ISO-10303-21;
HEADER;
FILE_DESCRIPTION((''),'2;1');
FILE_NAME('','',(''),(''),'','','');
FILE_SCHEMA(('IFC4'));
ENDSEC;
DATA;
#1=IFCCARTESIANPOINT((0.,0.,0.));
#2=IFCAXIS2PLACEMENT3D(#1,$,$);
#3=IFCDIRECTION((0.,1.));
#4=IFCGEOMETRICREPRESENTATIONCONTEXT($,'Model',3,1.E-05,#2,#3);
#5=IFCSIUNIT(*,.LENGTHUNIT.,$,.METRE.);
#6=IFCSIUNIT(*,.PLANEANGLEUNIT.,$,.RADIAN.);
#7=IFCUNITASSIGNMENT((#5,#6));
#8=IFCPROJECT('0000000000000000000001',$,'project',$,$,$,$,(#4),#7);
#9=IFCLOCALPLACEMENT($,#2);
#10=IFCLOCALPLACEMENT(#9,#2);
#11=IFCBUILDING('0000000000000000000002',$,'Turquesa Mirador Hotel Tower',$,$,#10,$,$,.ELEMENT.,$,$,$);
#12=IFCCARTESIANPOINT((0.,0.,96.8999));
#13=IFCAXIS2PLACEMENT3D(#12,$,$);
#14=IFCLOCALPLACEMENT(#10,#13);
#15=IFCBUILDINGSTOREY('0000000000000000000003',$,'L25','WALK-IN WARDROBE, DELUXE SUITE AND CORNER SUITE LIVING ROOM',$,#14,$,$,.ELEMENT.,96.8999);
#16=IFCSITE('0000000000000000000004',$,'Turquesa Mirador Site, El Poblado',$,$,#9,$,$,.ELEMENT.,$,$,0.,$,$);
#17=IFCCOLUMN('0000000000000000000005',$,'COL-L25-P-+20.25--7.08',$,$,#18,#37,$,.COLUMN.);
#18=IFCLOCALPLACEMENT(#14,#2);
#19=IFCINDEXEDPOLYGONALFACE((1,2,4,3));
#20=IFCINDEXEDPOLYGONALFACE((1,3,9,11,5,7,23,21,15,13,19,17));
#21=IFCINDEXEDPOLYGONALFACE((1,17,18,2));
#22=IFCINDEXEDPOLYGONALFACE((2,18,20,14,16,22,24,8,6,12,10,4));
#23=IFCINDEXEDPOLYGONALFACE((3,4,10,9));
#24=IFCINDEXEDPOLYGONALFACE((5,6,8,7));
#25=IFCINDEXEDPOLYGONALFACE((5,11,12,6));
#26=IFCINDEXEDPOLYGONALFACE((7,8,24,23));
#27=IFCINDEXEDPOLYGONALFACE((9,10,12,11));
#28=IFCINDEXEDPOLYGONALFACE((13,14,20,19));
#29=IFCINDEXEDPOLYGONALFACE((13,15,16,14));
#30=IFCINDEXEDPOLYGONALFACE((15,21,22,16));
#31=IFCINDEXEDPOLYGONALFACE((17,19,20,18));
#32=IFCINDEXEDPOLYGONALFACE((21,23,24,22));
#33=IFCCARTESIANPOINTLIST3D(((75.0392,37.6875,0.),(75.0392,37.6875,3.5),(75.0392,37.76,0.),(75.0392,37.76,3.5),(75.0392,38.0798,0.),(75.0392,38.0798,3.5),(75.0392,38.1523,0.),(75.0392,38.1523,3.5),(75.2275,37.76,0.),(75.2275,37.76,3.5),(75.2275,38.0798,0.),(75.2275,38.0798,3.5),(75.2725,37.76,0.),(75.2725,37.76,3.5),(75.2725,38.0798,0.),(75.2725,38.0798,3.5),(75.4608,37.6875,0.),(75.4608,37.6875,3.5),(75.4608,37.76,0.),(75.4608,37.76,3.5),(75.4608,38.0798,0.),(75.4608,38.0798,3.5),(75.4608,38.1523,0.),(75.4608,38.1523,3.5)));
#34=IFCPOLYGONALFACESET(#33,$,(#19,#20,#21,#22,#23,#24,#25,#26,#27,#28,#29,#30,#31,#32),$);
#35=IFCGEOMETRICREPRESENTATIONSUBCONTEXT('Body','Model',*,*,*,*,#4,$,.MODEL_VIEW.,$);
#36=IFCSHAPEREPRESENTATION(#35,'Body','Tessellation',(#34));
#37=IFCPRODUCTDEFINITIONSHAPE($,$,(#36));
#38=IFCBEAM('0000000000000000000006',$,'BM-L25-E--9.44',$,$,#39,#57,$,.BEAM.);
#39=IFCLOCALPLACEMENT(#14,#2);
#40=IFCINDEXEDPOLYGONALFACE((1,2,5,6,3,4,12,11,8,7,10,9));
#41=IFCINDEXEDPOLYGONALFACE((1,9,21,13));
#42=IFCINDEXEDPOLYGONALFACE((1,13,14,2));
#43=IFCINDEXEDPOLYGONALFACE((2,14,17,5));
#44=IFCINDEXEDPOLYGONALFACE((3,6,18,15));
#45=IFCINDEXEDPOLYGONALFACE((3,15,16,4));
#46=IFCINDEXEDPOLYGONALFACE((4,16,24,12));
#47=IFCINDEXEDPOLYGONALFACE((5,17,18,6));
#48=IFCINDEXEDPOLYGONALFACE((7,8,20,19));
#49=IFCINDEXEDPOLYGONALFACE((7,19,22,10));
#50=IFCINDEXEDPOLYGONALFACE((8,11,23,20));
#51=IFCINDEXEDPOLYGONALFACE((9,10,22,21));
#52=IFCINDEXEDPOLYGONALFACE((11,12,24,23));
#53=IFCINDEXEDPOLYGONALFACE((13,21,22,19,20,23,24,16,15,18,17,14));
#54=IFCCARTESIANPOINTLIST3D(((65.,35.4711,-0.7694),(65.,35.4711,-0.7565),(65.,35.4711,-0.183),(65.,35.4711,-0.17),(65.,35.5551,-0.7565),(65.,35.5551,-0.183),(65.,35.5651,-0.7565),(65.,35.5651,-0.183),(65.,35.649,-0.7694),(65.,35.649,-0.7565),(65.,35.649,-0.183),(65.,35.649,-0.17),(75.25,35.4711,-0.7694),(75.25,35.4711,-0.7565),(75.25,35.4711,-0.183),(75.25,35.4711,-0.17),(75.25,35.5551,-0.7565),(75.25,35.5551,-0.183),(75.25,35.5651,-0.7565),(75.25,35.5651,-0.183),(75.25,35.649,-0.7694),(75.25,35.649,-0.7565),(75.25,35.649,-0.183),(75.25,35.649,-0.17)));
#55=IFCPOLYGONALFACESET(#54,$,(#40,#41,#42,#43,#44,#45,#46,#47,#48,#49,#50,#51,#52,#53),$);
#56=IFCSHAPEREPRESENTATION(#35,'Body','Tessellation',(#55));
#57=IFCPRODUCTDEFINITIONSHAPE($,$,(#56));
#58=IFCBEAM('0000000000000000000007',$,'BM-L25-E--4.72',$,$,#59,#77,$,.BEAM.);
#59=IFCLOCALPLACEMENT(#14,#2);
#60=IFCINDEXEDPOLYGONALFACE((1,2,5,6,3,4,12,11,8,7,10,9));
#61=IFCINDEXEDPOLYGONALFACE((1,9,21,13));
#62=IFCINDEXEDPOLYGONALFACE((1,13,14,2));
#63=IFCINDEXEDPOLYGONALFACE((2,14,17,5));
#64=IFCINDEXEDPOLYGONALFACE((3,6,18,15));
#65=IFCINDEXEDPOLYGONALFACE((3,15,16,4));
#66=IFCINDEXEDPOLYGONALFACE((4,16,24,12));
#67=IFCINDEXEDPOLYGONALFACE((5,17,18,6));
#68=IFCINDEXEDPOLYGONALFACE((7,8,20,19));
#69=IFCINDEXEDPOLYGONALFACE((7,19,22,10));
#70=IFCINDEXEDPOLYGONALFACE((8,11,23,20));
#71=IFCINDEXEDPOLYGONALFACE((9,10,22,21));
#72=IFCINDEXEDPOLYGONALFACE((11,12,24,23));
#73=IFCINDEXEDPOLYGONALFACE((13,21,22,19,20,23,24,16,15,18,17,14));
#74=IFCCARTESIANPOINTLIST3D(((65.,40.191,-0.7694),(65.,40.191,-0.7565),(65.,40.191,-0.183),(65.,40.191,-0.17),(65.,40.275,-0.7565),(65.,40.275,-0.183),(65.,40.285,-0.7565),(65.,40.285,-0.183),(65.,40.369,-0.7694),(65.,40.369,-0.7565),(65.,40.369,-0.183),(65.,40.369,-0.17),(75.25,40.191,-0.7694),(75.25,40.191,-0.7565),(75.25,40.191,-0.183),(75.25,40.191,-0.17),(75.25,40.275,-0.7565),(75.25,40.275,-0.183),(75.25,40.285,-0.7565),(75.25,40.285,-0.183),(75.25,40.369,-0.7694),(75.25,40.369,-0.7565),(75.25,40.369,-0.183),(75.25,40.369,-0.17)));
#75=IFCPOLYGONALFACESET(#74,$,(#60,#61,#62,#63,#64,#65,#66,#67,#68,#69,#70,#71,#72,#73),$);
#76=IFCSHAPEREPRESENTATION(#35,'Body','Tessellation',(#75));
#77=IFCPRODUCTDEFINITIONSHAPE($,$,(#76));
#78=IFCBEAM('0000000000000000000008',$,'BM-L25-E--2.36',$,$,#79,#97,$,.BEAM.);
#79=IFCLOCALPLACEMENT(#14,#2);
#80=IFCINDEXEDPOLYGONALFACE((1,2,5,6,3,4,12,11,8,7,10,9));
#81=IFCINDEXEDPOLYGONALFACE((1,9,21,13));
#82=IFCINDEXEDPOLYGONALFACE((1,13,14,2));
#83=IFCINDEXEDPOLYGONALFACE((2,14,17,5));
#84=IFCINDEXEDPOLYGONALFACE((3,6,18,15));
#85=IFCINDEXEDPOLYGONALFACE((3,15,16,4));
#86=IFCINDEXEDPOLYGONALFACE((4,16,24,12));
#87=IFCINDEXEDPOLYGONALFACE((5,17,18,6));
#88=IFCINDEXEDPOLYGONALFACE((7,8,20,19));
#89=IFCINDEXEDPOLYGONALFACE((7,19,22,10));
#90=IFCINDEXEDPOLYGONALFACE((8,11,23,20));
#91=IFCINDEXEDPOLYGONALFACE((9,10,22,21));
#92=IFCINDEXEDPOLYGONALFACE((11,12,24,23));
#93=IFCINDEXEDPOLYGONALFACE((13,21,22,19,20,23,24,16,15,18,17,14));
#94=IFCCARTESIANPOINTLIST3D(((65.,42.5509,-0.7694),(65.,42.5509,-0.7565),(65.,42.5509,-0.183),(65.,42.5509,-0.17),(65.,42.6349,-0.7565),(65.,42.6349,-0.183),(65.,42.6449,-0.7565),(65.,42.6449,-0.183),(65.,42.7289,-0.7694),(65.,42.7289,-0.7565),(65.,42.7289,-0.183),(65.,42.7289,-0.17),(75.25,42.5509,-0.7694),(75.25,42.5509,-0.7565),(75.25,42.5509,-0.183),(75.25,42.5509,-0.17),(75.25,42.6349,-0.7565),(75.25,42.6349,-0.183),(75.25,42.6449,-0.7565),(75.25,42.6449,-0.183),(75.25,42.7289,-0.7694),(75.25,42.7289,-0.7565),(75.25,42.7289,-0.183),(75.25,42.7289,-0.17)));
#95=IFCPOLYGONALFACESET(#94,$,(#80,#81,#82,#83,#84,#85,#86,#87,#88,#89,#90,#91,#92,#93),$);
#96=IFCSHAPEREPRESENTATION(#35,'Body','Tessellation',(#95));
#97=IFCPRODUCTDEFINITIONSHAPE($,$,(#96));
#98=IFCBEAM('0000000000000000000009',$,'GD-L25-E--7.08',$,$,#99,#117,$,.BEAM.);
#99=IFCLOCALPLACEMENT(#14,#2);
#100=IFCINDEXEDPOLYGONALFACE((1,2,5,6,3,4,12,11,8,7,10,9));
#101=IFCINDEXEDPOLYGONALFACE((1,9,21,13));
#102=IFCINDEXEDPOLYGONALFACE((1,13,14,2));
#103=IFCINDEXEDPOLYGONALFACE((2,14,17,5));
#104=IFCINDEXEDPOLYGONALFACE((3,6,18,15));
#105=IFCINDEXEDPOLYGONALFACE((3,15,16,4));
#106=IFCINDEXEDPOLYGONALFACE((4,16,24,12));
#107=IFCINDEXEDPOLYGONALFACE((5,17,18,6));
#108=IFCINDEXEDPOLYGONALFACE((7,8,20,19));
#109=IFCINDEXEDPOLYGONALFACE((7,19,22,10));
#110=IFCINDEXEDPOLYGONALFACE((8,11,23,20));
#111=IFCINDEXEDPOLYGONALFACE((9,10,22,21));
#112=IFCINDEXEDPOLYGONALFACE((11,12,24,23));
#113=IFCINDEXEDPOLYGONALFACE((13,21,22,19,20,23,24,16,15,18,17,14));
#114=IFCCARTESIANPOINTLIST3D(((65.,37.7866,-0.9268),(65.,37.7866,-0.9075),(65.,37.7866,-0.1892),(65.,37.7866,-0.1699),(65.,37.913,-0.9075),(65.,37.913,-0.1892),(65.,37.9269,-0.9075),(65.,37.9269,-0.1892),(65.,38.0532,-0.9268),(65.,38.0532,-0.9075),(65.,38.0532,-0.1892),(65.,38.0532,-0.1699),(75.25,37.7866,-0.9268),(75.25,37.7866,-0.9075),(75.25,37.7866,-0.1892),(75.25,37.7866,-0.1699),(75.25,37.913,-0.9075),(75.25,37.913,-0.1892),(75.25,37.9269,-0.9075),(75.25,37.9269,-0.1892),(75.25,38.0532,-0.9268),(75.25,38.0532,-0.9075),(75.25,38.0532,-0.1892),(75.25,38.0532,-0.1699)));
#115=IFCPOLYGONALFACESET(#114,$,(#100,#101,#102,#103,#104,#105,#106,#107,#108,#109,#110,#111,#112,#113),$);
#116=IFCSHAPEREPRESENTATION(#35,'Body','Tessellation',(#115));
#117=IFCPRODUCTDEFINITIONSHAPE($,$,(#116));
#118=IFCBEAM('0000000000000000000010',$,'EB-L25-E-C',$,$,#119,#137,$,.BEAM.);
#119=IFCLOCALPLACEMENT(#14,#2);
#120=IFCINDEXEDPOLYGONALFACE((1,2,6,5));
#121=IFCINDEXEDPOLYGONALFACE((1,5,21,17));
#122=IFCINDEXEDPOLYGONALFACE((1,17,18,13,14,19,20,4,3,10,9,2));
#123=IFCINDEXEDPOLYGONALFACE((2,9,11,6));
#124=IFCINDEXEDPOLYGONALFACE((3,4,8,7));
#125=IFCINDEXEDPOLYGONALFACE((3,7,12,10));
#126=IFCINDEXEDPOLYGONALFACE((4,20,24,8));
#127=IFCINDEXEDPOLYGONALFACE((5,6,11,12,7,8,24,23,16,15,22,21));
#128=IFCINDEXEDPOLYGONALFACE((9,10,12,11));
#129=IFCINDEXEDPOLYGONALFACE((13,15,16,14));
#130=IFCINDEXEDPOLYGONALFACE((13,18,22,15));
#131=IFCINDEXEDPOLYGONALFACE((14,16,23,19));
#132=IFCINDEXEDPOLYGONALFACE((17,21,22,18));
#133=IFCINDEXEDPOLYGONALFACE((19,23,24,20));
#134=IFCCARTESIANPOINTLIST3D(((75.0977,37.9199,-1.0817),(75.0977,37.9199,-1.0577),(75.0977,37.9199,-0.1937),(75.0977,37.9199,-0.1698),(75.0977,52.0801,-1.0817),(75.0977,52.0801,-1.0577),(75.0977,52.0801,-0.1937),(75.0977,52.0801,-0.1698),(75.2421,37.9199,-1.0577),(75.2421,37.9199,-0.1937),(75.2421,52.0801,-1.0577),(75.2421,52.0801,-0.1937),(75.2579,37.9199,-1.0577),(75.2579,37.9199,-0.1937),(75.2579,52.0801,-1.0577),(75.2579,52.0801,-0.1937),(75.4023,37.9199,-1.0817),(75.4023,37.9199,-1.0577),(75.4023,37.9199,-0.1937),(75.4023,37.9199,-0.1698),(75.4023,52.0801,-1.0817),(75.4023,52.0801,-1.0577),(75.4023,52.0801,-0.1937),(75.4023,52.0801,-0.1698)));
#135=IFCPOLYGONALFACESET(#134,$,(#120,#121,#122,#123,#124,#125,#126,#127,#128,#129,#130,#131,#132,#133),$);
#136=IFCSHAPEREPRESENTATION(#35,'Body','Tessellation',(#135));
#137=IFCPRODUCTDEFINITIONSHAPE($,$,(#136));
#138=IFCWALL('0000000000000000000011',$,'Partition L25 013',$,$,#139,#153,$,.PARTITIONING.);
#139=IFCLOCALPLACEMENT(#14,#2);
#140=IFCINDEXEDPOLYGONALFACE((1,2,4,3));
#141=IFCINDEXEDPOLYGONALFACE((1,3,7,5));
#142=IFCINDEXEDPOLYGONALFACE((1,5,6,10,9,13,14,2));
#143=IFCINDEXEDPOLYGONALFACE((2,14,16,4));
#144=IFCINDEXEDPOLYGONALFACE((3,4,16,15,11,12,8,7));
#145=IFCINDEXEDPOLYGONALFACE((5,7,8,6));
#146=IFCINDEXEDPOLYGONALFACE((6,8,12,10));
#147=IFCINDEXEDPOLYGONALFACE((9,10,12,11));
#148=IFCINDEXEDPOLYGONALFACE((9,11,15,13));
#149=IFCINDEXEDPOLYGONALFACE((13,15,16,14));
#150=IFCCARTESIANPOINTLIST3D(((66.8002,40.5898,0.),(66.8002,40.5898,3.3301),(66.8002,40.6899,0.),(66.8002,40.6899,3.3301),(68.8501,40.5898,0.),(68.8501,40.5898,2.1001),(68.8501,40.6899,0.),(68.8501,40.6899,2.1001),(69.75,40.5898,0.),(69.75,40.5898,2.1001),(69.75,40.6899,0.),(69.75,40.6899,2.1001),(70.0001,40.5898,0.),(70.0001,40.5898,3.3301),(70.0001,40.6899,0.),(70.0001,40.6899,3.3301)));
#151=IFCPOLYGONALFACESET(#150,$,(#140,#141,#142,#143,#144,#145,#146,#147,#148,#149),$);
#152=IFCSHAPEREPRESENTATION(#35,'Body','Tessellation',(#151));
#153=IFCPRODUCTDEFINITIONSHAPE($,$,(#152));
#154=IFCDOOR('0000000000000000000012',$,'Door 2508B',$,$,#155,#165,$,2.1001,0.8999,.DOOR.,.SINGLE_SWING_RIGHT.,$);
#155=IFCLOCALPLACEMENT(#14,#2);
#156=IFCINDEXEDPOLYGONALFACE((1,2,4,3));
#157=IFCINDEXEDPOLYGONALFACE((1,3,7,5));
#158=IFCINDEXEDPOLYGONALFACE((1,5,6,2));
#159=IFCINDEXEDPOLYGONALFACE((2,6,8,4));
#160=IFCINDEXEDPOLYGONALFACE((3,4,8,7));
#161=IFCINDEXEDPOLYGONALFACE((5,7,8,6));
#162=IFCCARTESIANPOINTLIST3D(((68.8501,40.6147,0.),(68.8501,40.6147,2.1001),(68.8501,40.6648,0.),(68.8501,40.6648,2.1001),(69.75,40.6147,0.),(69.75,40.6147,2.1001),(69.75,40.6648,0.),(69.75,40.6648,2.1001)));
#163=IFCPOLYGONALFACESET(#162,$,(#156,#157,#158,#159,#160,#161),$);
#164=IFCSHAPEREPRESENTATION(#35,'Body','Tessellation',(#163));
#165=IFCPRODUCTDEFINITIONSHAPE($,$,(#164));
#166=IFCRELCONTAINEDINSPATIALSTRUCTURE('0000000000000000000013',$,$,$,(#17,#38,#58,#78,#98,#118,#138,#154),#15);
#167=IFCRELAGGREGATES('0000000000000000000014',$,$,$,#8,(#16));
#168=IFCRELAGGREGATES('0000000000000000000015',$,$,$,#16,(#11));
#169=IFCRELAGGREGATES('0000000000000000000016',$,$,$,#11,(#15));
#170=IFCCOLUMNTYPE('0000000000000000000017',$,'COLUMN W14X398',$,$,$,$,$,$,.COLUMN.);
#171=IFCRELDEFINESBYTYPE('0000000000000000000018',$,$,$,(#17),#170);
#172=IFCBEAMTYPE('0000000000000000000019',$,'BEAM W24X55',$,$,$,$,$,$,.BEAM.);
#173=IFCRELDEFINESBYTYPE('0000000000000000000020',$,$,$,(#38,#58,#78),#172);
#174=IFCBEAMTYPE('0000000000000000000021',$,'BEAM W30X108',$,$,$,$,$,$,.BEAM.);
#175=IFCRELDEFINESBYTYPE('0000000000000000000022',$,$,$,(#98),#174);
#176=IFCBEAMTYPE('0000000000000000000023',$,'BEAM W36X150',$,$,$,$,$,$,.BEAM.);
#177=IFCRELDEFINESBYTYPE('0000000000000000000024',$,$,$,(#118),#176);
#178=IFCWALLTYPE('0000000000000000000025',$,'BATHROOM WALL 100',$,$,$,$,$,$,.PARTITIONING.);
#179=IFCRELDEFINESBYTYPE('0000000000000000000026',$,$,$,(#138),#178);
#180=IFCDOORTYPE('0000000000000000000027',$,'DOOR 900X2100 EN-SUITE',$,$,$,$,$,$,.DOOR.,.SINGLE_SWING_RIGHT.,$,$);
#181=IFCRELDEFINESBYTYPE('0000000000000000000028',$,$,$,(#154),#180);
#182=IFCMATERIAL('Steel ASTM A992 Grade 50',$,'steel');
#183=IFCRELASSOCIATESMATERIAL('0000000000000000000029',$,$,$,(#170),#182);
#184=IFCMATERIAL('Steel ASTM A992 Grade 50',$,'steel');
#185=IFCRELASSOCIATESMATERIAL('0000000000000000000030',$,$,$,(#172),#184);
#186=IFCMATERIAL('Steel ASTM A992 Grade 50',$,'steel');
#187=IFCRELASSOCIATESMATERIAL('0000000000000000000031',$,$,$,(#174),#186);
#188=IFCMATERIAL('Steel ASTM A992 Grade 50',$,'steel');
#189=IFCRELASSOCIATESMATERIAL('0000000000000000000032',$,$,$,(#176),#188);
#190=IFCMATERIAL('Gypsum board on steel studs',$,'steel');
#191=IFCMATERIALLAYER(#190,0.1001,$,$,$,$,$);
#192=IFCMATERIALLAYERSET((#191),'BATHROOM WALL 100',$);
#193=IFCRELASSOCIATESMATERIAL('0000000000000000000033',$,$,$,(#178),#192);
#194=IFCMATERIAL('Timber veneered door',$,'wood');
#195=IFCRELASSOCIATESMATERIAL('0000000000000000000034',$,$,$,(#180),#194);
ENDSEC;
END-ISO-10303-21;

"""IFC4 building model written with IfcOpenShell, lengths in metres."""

from ifc_helpers import new_model, si_unit, direction, frame, frame_2d, origin, origin_2d, place, context, subcontext, project, spatial, rectangle, i_section, extrude, material, layer, layer_set, material_profile, profile_set, type_object, element, fill, save


model = new_model("IFC4")

# Units and contexts
model_context = context("Model", 3, precision=1e-05, world=origin(), true_north=direction((0.0, 1.0)))
body_context = subcontext(model_context, "Body", "Model", "MODEL_VIEW")
ifc_project = project(units=[si_unit("LENGTHUNIT", "METRE"), si_unit("PLANEANGLEUNIT", "RADIAN")], contexts=[model_context])

# Site, building, storey
site_placement = place(None, origin())
site = spatial("IfcSite", under=ifc_project, at=site_placement, Name="Turquesa Mirador Site, El Poblado", CompositionType="ELEMENT", RefElevation=0.0)
building_placement = place(site_placement, origin())
building = spatial("IfcBuilding", under=site, at=building_placement, Name="Turquesa Mirador Hotel Tower", CompositionType="ELEMENT")
storey_placement = place(building_placement, frame((0.0, 0.0, 96.8999)))
storey = spatial("IfcBuildingStorey", under=building, at=storey_placement, Name="L25", Description="WALK-IN WARDROBE, DELUXE SUITE AND CORNER SUITE LIVING ROOM", CompositionType="ELEMENT", Elevation=96.8999)

# Column
ifc_material_1 = material(Name="Steel ASTM A992 Grade 50", Category="steel")
ifc_material_profile_1 = material_profile(ifc_material_1, i_section(OverallWidth=0.4216, OverallDepth=0.4648, WebThickness=0.0449, FlangeThickness=0.0725, at=origin_2d()), Name="W14X398")
ifc_profile_set_1 = profile_set([ifc_material_profile_1], Name="Steel ASTM A992 Grade 50")
column_type = type_object("IfcColumnType", Name="COLUMN W14X398", PredefinedType="COLUMN", material=ifc_profile_set_1)
column_placement = place(storey_placement, frame((75.25, 37.9199, 0.0), z_axis=(0.0, 0.0, 1.0), x_axis=(1.0, 0.0, 0.0)))
element("IfcColumn", 1, at=column_placement, inside=storey, type_object=column_type, Name="COL-L25-P-+20.25--7.08", PredefinedType="COLUMN", context=body_context, shape_type="SweptSolid", body=[
    extrude(i_section(OverallWidth=0.4216, OverallDepth=0.4648, WebThickness=0.0449, FlangeThickness=0.0725, at=origin_2d()), origin(), (0.0, 0.0, 1.0), 3.5),
])

# Beams
ifc_material_2 = material(Name="Steel ASTM A992 Grade 50", Category="steel")
ifc_material_profile_2 = material_profile(ifc_material_2, i_section(OverallWidth=0.178, OverallDepth=0.5994, WebThickness=0.01, FlangeThickness=0.0129, at=origin_2d()), Name="W24X55")
ifc_profile_set_2 = profile_set([ifc_material_profile_2], Name="Steel ASTM A992 Grade 50")
beam_type_1 = type_object("IfcBeamType", Name="BEAM W24X55", PredefinedType="BEAM", material=ifc_profile_set_2)
for number, where, z_axis, x_axis, name in (
    (2, (75.25, 35.5601, -0.4697), (-1.0, 0.0, 0.0), (0.0, -1.0, 0.0), "BM-L25-E--9.44"),
    (3, (75.25, 40.28, -0.4697), (-1.0, 0.0, 0.0), (0.0, -1.0, 0.0), "BM-L25-E--4.72"),
    (4, (75.25, 42.6399, -0.4697), (-1.0, 0.0, 0.0), (0.0, -1.0, 0.0), "BM-L25-E--2.36"),
):
    element("IfcBeam", number, at=place(storey_placement, frame(where, z_axis=z_axis, x_axis=x_axis)), inside=storey, type_object=beam_type_1, Name=name, PredefinedType="BEAM", context=body_context, shape_type="SweptSolid", body=[
        extrude(i_section(OverallWidth=0.178, OverallDepth=0.5994, WebThickness=0.01, FlangeThickness=0.0129, at=origin_2d()), origin(), (0.0, 0.0, 1.0), 10.25),
    ])
ifc_material_3 = material(Name="Steel ASTM A992 Grade 50", Category="steel")
ifc_material_profile_3 = material_profile(ifc_material_3, i_section(OverallWidth=0.2666, OverallDepth=0.7568, WebThickness=0.0139, FlangeThickness=0.0193, at=origin_2d()), Name="W30X108")
ifc_profile_set_3 = profile_set([ifc_material_profile_3], Name="Steel ASTM A992 Grade 50")
beam_type_2 = type_object("IfcBeamType", Name="BEAM W30X108", PredefinedType="BEAM", material=ifc_profile_set_3)
beam_1_placement = place(storey_placement, frame((75.25, 37.9199, -0.5483), z_axis=(-1.0, 0.0, 0.0), x_axis=(0.0, -1.0, 0.0)))
element("IfcBeam", 5, at=beam_1_placement, inside=storey, type_object=beam_type_2, Name="GD-L25-E--7.08", PredefinedType="BEAM", context=body_context, shape_type="SweptSolid", body=[
    extrude(i_section(OverallWidth=0.2666, OverallDepth=0.7568, WebThickness=0.0139, FlangeThickness=0.0193, at=origin_2d()), origin(), (0.0, 0.0, 1.0), 10.25),
])
ifc_material_4 = material(Name="Steel ASTM A992 Grade 50", Category="steel")
ifc_material_profile_4 = material_profile(ifc_material_4, i_section(OverallWidth=0.3047, OverallDepth=0.9119, WebThickness=0.0159, FlangeThickness=0.0239, at=origin_2d()), Name="W36X150")
ifc_profile_set_4 = profile_set([ifc_material_profile_4], Name="Steel ASTM A992 Grade 50")
beam_type_3 = type_object("IfcBeamType", Name="BEAM W36X150", PredefinedType="BEAM", material=ifc_profile_set_4)
beam_2_placement = place(storey_placement, frame((75.25, 37.9199, -0.6257), z_axis=(0.0, 1.0, 0.0), x_axis=(-1.0, 0.0, 0.0)))
element("IfcBeam", 6, at=beam_2_placement, inside=storey, type_object=beam_type_3, Name="EB-L25-E-C", PredefinedType="BEAM", context=body_context, shape_type="SweptSolid", body=[
    extrude(i_section(OverallWidth=0.3047, OverallDepth=0.9119, WebThickness=0.0159, FlangeThickness=0.0239, at=origin_2d()), origin(), (0.0, 0.0, 1.0), 14.1602),
])

# Wall, opening, door
ifc_material_5 = material(Name="Gypsum board on steel studs", Category="steel")
ifc_layer_1 = layer(ifc_material_5, 0.1001)
ifc_layer_set_1 = layer_set([ifc_layer_1], Name="BATHROOM WALL 100")
wall_type_1 = type_object("IfcWallType", Name="BATHROOM WALL 100", PredefinedType="PARTITIONING", material=ifc_layer_set_1)
wall_1_placement = place(storey_placement, frame((66.8, 40.6399, 0.0), z_axis=(0.0, 0.0, 1.0), x_axis=(1.0, 0.0, 0.0)))
wall_1 = element("IfcWall", 7, at=wall_1_placement, inside=storey, type_object=wall_type_1, Name="Partition L25 013", PredefinedType="PARTITIONING", context=body_context, shape_type="SweptSolid", body=[
    extrude(rectangle(XDim=3.2, YDim=0.1001, at=frame_2d((1.6001, 0.0))), origin(), (0.0, 0.0, 1.0), 3.3301),
])
opening_1_placement = place(wall_1_placement, frame((2.05, 0.0, 0.0)))
opening_1 = element("IfcOpeningElement", 8, at=opening_1_placement, cuts=wall_1, PredefinedType="OPENING", context=body_context, shape_type="SweptSolid", body=[
    extrude(rectangle(XDim=0.8999, YDim=2.1001, at=frame_2d((0.45, 1.05))), frame((0.0, 0.0601, 0.0), z_axis=(0.0, -1.0, 0.0), x_axis=(1.0, 0.0, 0.0)), (0.0, 0.0, 1.0), 0.1201),
])
ifc_material_6 = material(Name="Timber veneered door", Category="wood")
door_type_1 = type_object("IfcDoorType", Name="DOOR 900X2100 EN-SUITE", OperationType="SINGLE_SWING_RIGHT", PredefinedType="DOOR", material=ifc_material_6)
door_1_placement = place(opening_1_placement, origin())
door_1 = element("IfcDoor", 9, at=door_1_placement, inside=storey, type_object=door_type_1, Name="Door 2508B", OperationType="SINGLE_SWING_RIGHT", OverallHeight=2.1001, OverallWidth=0.8999, PredefinedType="DOOR", context=body_context, shape_type="SweptSolid", body=[
    extrude(rectangle(XDim=0.8999, YDim=2.1001, at=frame_2d((0.45, 1.05))), frame((0.0, 0.0249, 0.0), z_axis=(0.0, -1.0, 0.0), x_axis=(1.0, 0.0, 0.0)), (0.0, 0.0, 1.0), 0.05),
])
fill(opening_1, door_1)

save(model, "model.ifc")
